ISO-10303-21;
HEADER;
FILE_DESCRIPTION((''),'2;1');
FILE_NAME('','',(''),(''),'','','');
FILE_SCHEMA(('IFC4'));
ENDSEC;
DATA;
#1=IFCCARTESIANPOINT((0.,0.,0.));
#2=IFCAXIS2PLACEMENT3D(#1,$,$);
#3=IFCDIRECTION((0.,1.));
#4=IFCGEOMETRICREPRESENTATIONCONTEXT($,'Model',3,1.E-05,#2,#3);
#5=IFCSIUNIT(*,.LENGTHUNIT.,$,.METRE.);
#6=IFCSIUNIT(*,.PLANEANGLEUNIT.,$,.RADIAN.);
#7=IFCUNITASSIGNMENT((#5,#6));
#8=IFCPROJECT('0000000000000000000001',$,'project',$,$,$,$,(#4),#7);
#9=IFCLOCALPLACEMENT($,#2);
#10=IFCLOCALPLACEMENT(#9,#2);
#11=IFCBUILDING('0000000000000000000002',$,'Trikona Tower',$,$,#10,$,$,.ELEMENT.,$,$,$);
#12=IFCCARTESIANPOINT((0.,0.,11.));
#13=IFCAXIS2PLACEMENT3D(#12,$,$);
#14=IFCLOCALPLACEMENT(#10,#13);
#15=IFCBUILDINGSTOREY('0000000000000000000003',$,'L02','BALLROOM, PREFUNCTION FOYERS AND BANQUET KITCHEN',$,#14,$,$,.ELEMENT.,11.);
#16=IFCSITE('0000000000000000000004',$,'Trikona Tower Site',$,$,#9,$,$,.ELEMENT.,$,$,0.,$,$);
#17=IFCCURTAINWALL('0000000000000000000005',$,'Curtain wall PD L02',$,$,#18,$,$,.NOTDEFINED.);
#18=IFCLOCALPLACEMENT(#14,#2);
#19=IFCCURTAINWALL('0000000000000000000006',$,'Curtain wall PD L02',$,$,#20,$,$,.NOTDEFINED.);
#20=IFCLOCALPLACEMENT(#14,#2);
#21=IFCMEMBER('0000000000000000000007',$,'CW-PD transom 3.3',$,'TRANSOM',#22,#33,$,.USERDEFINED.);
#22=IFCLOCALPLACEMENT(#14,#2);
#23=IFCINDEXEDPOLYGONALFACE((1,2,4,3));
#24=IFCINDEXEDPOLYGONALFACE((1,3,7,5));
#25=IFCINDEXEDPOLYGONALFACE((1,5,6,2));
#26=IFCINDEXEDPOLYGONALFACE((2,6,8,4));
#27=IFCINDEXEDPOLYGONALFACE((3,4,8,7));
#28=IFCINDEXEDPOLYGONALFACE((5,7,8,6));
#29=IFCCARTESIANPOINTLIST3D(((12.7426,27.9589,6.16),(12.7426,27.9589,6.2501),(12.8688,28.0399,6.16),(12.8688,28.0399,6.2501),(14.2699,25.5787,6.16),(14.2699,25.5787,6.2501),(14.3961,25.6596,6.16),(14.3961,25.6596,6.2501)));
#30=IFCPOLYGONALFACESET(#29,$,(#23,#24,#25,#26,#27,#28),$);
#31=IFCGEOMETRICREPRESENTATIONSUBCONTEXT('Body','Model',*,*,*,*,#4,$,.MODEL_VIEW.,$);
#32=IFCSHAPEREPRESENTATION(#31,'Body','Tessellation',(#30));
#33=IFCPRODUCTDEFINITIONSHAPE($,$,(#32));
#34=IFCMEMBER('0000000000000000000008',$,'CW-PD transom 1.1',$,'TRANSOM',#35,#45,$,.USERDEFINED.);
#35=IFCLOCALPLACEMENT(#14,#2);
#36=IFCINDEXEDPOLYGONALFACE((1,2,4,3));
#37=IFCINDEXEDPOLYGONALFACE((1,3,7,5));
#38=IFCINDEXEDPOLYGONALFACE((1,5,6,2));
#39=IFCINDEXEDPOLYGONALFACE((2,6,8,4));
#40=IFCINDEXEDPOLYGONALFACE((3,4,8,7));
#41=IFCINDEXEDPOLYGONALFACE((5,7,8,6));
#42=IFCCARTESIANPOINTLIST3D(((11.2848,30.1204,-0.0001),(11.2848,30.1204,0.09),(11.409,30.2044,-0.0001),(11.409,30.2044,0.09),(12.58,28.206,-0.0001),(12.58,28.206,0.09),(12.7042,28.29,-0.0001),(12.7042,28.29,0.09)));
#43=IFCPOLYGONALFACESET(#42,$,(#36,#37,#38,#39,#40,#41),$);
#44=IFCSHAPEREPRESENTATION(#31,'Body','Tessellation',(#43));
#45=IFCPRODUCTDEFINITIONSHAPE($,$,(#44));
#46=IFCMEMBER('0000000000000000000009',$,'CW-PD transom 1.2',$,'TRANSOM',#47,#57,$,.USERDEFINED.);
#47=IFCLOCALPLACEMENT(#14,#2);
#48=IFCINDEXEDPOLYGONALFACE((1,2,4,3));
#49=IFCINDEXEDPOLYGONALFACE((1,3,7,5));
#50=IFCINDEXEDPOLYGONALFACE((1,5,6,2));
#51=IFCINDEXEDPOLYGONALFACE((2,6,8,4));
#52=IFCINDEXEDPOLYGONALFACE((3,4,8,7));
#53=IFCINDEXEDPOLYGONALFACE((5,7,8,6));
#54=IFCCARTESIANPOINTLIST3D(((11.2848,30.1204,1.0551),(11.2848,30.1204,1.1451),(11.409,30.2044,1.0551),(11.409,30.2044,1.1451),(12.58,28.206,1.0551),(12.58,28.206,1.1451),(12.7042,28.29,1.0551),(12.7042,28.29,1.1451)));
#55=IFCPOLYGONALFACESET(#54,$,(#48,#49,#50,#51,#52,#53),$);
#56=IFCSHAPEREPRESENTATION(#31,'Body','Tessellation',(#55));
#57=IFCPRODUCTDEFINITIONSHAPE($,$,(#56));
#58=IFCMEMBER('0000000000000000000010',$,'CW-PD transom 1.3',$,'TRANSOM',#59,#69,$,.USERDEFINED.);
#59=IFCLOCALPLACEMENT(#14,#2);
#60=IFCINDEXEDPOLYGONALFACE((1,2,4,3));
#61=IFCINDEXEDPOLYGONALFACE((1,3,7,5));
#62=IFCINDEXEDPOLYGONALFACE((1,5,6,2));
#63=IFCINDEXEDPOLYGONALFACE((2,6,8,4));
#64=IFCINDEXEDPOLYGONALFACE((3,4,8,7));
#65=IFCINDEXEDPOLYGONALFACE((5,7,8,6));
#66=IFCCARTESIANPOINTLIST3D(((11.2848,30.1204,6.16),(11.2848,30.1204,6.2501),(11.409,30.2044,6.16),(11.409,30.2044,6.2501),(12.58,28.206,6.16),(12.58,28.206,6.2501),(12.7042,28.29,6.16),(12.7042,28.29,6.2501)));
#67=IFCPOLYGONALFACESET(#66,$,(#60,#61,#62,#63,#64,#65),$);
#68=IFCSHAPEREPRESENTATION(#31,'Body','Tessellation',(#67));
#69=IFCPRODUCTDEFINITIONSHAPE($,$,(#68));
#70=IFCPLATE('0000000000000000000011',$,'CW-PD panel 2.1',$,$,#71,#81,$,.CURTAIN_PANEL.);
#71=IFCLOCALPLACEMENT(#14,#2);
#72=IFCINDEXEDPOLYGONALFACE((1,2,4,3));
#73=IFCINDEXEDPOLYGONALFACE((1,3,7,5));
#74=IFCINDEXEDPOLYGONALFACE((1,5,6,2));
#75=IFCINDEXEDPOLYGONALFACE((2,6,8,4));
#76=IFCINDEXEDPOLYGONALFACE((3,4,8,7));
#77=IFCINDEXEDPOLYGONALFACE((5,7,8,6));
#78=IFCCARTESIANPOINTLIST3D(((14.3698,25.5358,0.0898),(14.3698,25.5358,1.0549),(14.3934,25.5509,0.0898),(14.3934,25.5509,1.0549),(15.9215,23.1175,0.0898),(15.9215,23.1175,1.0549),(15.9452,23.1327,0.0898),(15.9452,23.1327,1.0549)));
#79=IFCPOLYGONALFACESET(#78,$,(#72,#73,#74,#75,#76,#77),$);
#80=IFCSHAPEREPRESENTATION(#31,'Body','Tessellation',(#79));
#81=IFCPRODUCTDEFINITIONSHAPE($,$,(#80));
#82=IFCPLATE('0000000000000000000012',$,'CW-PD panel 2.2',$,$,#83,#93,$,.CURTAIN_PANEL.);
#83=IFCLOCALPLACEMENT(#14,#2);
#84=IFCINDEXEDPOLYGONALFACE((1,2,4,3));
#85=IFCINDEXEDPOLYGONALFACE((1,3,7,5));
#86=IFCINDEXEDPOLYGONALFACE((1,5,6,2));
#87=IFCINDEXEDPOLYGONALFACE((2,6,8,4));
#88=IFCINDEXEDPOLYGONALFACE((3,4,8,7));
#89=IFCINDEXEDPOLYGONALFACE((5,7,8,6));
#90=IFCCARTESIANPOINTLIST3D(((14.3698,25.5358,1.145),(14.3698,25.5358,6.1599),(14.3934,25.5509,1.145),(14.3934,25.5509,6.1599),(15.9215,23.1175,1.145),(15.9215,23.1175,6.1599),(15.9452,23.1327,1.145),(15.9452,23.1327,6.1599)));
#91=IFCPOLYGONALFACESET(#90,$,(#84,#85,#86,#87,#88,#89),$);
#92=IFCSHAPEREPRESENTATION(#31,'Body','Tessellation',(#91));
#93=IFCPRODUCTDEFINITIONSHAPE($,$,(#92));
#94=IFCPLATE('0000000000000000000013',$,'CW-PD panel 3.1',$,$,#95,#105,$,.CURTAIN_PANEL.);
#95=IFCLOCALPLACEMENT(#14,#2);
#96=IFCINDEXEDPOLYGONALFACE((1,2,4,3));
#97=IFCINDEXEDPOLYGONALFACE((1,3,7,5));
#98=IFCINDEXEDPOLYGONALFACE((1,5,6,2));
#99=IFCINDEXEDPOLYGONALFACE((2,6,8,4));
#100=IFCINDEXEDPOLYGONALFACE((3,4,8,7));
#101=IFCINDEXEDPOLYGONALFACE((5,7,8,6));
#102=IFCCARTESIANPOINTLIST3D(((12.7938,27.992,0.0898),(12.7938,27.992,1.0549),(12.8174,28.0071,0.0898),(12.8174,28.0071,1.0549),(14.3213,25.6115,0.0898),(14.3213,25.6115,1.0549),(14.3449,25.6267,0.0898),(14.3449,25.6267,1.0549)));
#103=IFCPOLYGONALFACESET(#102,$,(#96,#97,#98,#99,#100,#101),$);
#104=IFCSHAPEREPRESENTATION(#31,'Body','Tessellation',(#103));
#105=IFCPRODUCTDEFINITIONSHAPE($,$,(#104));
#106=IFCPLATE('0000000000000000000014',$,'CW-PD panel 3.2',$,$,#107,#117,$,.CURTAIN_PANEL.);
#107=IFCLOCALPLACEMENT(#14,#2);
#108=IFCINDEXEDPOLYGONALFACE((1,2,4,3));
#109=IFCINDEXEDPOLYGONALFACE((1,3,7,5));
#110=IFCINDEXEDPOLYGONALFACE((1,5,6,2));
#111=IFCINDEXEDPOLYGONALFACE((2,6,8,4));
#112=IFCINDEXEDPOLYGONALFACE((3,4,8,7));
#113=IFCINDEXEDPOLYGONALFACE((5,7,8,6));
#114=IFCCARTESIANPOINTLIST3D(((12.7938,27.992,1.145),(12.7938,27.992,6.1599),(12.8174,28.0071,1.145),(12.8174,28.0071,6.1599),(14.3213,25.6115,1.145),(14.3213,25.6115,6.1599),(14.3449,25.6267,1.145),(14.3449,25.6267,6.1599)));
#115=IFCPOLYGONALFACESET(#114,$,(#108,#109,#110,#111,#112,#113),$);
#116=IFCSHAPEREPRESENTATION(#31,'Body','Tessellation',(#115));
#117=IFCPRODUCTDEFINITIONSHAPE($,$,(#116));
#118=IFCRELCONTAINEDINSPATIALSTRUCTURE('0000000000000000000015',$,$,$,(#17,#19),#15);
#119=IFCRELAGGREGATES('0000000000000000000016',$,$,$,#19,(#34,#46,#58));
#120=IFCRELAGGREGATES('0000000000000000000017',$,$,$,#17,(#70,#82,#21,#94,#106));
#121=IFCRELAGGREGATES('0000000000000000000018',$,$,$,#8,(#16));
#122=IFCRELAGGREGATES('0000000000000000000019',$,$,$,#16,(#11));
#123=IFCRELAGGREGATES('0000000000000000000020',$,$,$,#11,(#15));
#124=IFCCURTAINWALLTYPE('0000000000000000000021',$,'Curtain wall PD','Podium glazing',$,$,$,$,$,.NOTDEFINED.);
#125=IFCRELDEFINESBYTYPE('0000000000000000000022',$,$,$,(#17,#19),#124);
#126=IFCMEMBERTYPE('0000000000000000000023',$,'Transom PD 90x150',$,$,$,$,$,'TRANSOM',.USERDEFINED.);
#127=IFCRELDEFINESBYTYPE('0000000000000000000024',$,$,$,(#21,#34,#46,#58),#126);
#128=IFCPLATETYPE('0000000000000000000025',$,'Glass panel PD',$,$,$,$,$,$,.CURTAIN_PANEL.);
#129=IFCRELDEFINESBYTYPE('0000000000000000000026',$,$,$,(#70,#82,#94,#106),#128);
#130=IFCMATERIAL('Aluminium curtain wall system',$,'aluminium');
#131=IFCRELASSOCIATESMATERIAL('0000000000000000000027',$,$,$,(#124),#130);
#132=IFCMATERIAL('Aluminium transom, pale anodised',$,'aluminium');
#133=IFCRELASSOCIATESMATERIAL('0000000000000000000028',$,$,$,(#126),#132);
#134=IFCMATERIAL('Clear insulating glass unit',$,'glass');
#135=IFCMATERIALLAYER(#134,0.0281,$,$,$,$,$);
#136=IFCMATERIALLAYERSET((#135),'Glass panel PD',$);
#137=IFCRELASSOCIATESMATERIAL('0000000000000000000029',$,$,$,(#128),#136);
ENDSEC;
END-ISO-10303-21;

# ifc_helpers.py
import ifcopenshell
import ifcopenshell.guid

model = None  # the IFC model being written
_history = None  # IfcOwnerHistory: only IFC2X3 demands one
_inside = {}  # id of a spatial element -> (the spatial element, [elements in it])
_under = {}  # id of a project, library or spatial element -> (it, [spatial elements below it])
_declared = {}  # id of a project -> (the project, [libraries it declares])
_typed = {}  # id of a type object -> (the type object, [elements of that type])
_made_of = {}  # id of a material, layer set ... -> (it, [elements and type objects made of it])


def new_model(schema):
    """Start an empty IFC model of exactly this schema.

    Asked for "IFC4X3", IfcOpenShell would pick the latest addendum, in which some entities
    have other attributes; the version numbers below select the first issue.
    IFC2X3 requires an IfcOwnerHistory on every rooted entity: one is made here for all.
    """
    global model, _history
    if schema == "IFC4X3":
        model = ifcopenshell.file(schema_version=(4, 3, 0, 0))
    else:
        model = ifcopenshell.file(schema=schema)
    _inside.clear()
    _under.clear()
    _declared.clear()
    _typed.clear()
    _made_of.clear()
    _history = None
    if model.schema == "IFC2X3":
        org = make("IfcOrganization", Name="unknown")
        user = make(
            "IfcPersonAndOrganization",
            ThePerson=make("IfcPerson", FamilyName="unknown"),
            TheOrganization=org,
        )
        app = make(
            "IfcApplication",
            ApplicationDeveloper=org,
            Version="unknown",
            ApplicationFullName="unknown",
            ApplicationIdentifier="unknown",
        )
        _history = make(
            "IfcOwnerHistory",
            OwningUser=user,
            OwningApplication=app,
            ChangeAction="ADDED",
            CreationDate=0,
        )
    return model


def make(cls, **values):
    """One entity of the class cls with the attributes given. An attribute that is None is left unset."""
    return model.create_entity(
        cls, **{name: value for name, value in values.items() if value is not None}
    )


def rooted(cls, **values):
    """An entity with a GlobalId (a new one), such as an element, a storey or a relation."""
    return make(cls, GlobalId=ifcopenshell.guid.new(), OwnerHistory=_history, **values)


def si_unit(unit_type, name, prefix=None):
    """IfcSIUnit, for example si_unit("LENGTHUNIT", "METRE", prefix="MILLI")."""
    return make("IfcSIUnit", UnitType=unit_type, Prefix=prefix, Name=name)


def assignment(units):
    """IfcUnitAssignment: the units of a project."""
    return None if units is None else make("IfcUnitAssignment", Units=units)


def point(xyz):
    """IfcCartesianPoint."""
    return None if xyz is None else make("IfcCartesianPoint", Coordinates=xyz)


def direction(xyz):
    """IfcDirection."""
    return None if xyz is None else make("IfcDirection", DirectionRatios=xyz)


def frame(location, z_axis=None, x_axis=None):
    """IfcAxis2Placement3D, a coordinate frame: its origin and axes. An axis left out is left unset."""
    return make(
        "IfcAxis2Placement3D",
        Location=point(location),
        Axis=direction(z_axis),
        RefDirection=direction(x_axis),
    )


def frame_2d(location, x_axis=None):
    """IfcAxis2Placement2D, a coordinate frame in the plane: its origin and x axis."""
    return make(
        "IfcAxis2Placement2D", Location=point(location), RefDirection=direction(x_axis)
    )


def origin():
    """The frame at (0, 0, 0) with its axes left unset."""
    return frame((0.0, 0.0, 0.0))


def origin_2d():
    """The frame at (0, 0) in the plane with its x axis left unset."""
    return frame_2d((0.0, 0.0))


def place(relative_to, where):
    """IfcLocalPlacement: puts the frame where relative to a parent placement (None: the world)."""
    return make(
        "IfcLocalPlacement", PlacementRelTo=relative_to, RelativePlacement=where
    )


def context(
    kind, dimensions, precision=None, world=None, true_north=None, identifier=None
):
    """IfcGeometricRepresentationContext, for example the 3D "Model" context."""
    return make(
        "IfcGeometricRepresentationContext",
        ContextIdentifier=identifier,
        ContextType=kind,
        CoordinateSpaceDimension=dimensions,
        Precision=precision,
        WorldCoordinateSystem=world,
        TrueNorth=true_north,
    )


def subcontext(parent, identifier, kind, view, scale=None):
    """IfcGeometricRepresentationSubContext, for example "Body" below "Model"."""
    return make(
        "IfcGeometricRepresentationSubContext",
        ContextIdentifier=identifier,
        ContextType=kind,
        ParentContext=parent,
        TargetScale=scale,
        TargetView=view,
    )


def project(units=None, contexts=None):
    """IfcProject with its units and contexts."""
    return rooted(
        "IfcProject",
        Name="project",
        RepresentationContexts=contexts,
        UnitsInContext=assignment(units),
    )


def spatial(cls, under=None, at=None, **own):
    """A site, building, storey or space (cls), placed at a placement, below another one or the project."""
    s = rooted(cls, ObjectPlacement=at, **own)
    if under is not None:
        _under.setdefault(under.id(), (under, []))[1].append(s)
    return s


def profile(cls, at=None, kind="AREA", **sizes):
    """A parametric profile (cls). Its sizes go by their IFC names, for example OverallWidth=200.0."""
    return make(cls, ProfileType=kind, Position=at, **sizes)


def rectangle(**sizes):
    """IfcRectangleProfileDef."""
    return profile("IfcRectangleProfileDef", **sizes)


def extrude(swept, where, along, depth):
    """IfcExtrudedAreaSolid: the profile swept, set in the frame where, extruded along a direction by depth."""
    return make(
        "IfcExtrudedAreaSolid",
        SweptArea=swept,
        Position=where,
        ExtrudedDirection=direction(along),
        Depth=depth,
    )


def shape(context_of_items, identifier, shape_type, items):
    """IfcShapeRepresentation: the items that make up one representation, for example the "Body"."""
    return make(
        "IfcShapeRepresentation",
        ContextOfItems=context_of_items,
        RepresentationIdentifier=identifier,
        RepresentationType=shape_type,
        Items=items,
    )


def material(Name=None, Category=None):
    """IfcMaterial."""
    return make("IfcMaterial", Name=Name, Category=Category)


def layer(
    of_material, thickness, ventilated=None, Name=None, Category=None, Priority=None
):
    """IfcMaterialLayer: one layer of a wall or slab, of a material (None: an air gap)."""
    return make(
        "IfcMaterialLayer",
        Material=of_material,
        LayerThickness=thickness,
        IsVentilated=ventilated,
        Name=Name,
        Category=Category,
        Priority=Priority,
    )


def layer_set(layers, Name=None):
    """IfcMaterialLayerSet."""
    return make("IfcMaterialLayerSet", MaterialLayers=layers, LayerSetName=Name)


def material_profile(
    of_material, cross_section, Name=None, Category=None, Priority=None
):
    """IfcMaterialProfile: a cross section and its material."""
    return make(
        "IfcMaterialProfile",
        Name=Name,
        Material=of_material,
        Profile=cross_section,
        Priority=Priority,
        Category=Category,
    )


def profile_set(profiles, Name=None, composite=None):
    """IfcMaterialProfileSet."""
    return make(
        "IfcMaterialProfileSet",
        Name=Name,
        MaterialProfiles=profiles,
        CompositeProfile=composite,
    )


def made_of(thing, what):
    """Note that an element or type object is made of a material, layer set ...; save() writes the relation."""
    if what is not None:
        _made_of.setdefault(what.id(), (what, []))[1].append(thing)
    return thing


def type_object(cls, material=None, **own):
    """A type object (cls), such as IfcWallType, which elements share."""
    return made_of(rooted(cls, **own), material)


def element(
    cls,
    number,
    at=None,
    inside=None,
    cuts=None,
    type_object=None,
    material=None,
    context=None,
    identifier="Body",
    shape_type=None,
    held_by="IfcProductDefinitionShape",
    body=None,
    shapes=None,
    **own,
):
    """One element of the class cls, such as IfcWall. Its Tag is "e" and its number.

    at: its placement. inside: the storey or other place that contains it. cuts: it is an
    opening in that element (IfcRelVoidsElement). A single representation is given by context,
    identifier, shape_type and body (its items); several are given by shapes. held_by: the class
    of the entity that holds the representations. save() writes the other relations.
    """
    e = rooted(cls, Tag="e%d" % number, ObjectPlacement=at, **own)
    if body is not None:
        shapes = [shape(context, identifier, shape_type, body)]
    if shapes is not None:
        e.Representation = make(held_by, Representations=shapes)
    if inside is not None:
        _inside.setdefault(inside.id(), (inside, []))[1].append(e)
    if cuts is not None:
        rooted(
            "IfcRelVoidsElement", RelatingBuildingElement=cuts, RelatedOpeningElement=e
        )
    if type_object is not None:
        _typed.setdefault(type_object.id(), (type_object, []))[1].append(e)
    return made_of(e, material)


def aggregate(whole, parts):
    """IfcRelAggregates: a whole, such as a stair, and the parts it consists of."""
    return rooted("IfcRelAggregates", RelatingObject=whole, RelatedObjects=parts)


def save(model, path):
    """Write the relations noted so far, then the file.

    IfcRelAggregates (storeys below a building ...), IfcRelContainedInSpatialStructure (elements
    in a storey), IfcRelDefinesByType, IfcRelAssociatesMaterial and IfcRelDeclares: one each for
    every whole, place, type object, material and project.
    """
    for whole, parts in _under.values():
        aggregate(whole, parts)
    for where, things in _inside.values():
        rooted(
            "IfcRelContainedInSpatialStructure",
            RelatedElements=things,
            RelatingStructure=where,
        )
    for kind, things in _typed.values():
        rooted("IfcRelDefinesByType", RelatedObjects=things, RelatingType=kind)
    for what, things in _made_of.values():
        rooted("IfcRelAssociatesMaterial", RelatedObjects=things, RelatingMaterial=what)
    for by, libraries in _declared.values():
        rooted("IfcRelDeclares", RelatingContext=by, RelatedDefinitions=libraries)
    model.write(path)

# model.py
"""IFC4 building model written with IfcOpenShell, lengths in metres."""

from ifc_helpers import new_model, si_unit, direction, frame, origin, origin_2d, place, context, subcontext, project, spatial, rectangle, extrude, material, layer, layer_set, material_profile, profile_set, type_object, element, aggregate, save


model = new_model("IFC4")

# Units and contexts
model_context = context("Model", 3, precision=1e-05, world=origin(), true_north=direction((0.0, 1.0)))
body_context = subcontext(model_context, "Body", "Model", "MODEL_VIEW")
ifc_project = project(units=[si_unit("LENGTHUNIT", "METRE"), si_unit("PLANEANGLEUNIT", "RADIAN")], contexts=[model_context])

# Site, building, storey
site_placement = place(None, origin())
site = spatial("IfcSite", under=ifc_project, at=site_placement, Name="Trikona Tower Site", CompositionType="ELEMENT", RefElevation=0.0)
building_placement = place(site_placement, origin())
building = spatial("IfcBuilding", under=site, at=building_placement, Name="Trikona Tower", CompositionType="ELEMENT")
storey_placement = place(building_placement, frame((0.0, 0.0, 11.0)))
storey = spatial("IfcBuildingStorey", under=building, at=storey_placement, Name="L02", Description="BALLROOM, PREFUNCTION FOYERS AND BANQUET KITCHEN", CompositionType="ELEMENT", Elevation=11.0)

# Curtain wall
ifc_material_1 = material(Name="Aluminium curtain wall system", Category="aluminium")
curtain_wall_type = type_object("IfcCurtainWallType", Name="Curtain wall PD", Description="Podium glazing", PredefinedType="NOTDEFINED", material=ifc_material_1)
curtain_wall_1_placement = place(storey_placement, origin())
curtain_wall_1 = element("IfcCurtainWall", 1, at=curtain_wall_1_placement, inside=storey, type_object=curtain_wall_type, Name="Curtain wall PD L02", PredefinedType="NOTDEFINED")

# Curtain wall
curtain_wall_2_placement = place(storey_placement, origin())
curtain_wall_2 = element("IfcCurtainWall", 2, at=curtain_wall_2_placement, inside=storey, type_object=curtain_wall_type, Name="Curtain wall PD L02", PredefinedType="NOTDEFINED")

# Members
ifc_material_2 = material(Name="Aluminium transom, pale anodised", Category="aluminium")
ifc_material_profile_1 = material_profile(ifc_material_2, rectangle(XDim=0.1499, YDim=0.0901, at=origin_2d()), Name="TRN-PD")
ifc_profile_set_1 = profile_set([ifc_material_profile_1], Name="Aluminium transom, pale anodised")
member_type_1 = type_object("IfcMemberType", Name="Transom PD 90x150", ElementType="TRANSOM", PredefinedType="USERDEFINED", material=ifc_profile_set_1)
member_1_placement = place(storey_placement, frame((14.333, 25.6191, 6.2051), z_axis=(-0.540033, 0.841644, 0.0), x_axis=(-0.841644, -0.540033, 0.0)))
member_1 = element("IfcMember", 3, at=member_1_placement, type_object=member_type_1, Name="CW-PD transom 3.3", ObjectType="TRANSOM", PredefinedType="USERDEFINED", context=body_context, shape_type="SweptSolid", body=[
    extrude(rectangle(XDim=0.1499, YDim=0.0901, at=origin_2d()), origin(), (0.0, 0.0, 1.0), 2.8281),
])
member_2_placement = place(storey_placement, frame((12.6421, 28.248, 0.0449), z_axis=(-0.560367, 0.828244, 0.0), x_axis=(-0.828244, -0.560367, 0.0)))
member_2 = element("IfcMember", 4, at=member_2_placement, type_object=member_type_1, Name="CW-PD transom 1.1", ObjectType="TRANSOM", PredefinedType="USERDEFINED", context=body_context, shape_type="SweptSolid", body=[
    extrude(rectangle(XDim=0.1499, YDim=0.0901, at=origin_2d()), origin(), (0.0, 0.0, 1.0), 2.3113),
])
member_3_placement = place(storey_placement, frame((12.6421, 28.248, 1.1001), z_axis=(-0.560367, 0.828244, 0.0), x_axis=(-0.828244, -0.560367, 0.0)))
member_3 = element("IfcMember", 5, at=member_3_placement, type_object=member_type_1, Name="CW-PD transom 1.2", ObjectType="TRANSOM", PredefinedType="USERDEFINED", context=body_context, shape_type="SweptSolid", body=[
    extrude(rectangle(XDim=0.1499, YDim=0.0901, at=origin_2d()), origin(), (0.0, 0.0, 1.0), 2.3113),
])
member_4_placement = place(storey_placement, frame((12.6421, 28.248, 6.2051), z_axis=(-0.560367, 0.828244, 0.0), x_axis=(-0.828244, -0.560367, 0.0)))
member_4 = element("IfcMember", 6, at=member_4_placement, type_object=member_type_1, Name="CW-PD transom 1.3", ObjectType="TRANSOM", PredefinedType="USERDEFINED", context=body_context, shape_type="SweptSolid", body=[
    extrude(rectangle(XDim=0.1499, YDim=0.0901, at=origin_2d()), origin(), (0.0, 0.0, 1.0), 2.3113),
])
aggregate(curtain_wall_2, [member_2, member_3, member_4])

# Plates
ifc_material_3 = material(Name="Clear insulating glass unit", Category="glass")
ifc_layer = layer(ifc_material_3, 0.0281)
ifc_layer_set = layer_set([ifc_layer], Name="Glass panel PD")
plate_type = type_object("IfcPlateType", Name="Glass panel PD", PredefinedType="CURTAIN_PANEL", material=ifc_layer_set)
plate_1_placement = place(storey_placement, frame((15.1575, 24.3342, 0.0898), z_axis=(0.0, 0.0, 1.0), x_axis=(-0.540066, 0.841623, 0.0)))
plate_1 = element("IfcPlate", 7, at=plate_1_placement, type_object=plate_type, Name="CW-PD panel 2.1", PredefinedType="CURTAIN_PANEL", context=body_context, shape_type="SweptSolid", body=[
    extrude(rectangle(XDim=2.8733, YDim=0.0281, at=origin_2d()), origin(), (0.0, 0.0, 1.0), 0.9651),
])
plate_2_placement = place(storey_placement, frame((15.1575, 24.3342, 1.145), z_axis=(0.0, 0.0, 1.0), x_axis=(-0.540066, 0.841623, 0.0)))
plate_2 = element("IfcPlate", 8, at=plate_2_placement, type_object=plate_type, Name="CW-PD panel 2.2", PredefinedType="CURTAIN_PANEL", context=body_context, shape_type="SweptSolid", body=[
    extrude(rectangle(XDim=2.8733, YDim=0.0281, at=origin_2d()), origin(), (0.0, 0.0, 1.0), 5.0149),
])
plate_3_placement = place(storey_placement, frame((13.5693, 26.8093, 0.0898), z_axis=(0.0, 0.0, 1.0), x_axis=(-0.540066, 0.841623, 0.0)))
plate_3 = element("IfcPlate", 9, at=plate_3_placement, type_object=plate_type, Name="CW-PD panel 3.1", PredefinedType="CURTAIN_PANEL", context=body_context, shape_type="SweptSolid", body=[
    extrude(rectangle(XDim=2.8284, YDim=0.0281, at=origin_2d()), origin(), (0.0, 0.0, 1.0), 0.9651),
])
plate_4_placement = place(storey_placement, frame((13.5693, 26.8093, 1.145), z_axis=(0.0, 0.0, 1.0), x_axis=(-0.540066, 0.841623, 0.0)))
plate_4 = element("IfcPlate", 10, at=plate_4_placement, type_object=plate_type, Name="CW-PD panel 3.2", PredefinedType="CURTAIN_PANEL", context=body_context, shape_type="SweptSolid", body=[
    extrude(rectangle(XDim=2.8284, YDim=0.0281, at=origin_2d()), origin(), (0.0, 0.0, 1.0), 5.0149),
])
aggregate(curtain_wall_1, [plate_1, plate_2, member_1, plate_3, plate_4])

save(model, "model.ifc")
